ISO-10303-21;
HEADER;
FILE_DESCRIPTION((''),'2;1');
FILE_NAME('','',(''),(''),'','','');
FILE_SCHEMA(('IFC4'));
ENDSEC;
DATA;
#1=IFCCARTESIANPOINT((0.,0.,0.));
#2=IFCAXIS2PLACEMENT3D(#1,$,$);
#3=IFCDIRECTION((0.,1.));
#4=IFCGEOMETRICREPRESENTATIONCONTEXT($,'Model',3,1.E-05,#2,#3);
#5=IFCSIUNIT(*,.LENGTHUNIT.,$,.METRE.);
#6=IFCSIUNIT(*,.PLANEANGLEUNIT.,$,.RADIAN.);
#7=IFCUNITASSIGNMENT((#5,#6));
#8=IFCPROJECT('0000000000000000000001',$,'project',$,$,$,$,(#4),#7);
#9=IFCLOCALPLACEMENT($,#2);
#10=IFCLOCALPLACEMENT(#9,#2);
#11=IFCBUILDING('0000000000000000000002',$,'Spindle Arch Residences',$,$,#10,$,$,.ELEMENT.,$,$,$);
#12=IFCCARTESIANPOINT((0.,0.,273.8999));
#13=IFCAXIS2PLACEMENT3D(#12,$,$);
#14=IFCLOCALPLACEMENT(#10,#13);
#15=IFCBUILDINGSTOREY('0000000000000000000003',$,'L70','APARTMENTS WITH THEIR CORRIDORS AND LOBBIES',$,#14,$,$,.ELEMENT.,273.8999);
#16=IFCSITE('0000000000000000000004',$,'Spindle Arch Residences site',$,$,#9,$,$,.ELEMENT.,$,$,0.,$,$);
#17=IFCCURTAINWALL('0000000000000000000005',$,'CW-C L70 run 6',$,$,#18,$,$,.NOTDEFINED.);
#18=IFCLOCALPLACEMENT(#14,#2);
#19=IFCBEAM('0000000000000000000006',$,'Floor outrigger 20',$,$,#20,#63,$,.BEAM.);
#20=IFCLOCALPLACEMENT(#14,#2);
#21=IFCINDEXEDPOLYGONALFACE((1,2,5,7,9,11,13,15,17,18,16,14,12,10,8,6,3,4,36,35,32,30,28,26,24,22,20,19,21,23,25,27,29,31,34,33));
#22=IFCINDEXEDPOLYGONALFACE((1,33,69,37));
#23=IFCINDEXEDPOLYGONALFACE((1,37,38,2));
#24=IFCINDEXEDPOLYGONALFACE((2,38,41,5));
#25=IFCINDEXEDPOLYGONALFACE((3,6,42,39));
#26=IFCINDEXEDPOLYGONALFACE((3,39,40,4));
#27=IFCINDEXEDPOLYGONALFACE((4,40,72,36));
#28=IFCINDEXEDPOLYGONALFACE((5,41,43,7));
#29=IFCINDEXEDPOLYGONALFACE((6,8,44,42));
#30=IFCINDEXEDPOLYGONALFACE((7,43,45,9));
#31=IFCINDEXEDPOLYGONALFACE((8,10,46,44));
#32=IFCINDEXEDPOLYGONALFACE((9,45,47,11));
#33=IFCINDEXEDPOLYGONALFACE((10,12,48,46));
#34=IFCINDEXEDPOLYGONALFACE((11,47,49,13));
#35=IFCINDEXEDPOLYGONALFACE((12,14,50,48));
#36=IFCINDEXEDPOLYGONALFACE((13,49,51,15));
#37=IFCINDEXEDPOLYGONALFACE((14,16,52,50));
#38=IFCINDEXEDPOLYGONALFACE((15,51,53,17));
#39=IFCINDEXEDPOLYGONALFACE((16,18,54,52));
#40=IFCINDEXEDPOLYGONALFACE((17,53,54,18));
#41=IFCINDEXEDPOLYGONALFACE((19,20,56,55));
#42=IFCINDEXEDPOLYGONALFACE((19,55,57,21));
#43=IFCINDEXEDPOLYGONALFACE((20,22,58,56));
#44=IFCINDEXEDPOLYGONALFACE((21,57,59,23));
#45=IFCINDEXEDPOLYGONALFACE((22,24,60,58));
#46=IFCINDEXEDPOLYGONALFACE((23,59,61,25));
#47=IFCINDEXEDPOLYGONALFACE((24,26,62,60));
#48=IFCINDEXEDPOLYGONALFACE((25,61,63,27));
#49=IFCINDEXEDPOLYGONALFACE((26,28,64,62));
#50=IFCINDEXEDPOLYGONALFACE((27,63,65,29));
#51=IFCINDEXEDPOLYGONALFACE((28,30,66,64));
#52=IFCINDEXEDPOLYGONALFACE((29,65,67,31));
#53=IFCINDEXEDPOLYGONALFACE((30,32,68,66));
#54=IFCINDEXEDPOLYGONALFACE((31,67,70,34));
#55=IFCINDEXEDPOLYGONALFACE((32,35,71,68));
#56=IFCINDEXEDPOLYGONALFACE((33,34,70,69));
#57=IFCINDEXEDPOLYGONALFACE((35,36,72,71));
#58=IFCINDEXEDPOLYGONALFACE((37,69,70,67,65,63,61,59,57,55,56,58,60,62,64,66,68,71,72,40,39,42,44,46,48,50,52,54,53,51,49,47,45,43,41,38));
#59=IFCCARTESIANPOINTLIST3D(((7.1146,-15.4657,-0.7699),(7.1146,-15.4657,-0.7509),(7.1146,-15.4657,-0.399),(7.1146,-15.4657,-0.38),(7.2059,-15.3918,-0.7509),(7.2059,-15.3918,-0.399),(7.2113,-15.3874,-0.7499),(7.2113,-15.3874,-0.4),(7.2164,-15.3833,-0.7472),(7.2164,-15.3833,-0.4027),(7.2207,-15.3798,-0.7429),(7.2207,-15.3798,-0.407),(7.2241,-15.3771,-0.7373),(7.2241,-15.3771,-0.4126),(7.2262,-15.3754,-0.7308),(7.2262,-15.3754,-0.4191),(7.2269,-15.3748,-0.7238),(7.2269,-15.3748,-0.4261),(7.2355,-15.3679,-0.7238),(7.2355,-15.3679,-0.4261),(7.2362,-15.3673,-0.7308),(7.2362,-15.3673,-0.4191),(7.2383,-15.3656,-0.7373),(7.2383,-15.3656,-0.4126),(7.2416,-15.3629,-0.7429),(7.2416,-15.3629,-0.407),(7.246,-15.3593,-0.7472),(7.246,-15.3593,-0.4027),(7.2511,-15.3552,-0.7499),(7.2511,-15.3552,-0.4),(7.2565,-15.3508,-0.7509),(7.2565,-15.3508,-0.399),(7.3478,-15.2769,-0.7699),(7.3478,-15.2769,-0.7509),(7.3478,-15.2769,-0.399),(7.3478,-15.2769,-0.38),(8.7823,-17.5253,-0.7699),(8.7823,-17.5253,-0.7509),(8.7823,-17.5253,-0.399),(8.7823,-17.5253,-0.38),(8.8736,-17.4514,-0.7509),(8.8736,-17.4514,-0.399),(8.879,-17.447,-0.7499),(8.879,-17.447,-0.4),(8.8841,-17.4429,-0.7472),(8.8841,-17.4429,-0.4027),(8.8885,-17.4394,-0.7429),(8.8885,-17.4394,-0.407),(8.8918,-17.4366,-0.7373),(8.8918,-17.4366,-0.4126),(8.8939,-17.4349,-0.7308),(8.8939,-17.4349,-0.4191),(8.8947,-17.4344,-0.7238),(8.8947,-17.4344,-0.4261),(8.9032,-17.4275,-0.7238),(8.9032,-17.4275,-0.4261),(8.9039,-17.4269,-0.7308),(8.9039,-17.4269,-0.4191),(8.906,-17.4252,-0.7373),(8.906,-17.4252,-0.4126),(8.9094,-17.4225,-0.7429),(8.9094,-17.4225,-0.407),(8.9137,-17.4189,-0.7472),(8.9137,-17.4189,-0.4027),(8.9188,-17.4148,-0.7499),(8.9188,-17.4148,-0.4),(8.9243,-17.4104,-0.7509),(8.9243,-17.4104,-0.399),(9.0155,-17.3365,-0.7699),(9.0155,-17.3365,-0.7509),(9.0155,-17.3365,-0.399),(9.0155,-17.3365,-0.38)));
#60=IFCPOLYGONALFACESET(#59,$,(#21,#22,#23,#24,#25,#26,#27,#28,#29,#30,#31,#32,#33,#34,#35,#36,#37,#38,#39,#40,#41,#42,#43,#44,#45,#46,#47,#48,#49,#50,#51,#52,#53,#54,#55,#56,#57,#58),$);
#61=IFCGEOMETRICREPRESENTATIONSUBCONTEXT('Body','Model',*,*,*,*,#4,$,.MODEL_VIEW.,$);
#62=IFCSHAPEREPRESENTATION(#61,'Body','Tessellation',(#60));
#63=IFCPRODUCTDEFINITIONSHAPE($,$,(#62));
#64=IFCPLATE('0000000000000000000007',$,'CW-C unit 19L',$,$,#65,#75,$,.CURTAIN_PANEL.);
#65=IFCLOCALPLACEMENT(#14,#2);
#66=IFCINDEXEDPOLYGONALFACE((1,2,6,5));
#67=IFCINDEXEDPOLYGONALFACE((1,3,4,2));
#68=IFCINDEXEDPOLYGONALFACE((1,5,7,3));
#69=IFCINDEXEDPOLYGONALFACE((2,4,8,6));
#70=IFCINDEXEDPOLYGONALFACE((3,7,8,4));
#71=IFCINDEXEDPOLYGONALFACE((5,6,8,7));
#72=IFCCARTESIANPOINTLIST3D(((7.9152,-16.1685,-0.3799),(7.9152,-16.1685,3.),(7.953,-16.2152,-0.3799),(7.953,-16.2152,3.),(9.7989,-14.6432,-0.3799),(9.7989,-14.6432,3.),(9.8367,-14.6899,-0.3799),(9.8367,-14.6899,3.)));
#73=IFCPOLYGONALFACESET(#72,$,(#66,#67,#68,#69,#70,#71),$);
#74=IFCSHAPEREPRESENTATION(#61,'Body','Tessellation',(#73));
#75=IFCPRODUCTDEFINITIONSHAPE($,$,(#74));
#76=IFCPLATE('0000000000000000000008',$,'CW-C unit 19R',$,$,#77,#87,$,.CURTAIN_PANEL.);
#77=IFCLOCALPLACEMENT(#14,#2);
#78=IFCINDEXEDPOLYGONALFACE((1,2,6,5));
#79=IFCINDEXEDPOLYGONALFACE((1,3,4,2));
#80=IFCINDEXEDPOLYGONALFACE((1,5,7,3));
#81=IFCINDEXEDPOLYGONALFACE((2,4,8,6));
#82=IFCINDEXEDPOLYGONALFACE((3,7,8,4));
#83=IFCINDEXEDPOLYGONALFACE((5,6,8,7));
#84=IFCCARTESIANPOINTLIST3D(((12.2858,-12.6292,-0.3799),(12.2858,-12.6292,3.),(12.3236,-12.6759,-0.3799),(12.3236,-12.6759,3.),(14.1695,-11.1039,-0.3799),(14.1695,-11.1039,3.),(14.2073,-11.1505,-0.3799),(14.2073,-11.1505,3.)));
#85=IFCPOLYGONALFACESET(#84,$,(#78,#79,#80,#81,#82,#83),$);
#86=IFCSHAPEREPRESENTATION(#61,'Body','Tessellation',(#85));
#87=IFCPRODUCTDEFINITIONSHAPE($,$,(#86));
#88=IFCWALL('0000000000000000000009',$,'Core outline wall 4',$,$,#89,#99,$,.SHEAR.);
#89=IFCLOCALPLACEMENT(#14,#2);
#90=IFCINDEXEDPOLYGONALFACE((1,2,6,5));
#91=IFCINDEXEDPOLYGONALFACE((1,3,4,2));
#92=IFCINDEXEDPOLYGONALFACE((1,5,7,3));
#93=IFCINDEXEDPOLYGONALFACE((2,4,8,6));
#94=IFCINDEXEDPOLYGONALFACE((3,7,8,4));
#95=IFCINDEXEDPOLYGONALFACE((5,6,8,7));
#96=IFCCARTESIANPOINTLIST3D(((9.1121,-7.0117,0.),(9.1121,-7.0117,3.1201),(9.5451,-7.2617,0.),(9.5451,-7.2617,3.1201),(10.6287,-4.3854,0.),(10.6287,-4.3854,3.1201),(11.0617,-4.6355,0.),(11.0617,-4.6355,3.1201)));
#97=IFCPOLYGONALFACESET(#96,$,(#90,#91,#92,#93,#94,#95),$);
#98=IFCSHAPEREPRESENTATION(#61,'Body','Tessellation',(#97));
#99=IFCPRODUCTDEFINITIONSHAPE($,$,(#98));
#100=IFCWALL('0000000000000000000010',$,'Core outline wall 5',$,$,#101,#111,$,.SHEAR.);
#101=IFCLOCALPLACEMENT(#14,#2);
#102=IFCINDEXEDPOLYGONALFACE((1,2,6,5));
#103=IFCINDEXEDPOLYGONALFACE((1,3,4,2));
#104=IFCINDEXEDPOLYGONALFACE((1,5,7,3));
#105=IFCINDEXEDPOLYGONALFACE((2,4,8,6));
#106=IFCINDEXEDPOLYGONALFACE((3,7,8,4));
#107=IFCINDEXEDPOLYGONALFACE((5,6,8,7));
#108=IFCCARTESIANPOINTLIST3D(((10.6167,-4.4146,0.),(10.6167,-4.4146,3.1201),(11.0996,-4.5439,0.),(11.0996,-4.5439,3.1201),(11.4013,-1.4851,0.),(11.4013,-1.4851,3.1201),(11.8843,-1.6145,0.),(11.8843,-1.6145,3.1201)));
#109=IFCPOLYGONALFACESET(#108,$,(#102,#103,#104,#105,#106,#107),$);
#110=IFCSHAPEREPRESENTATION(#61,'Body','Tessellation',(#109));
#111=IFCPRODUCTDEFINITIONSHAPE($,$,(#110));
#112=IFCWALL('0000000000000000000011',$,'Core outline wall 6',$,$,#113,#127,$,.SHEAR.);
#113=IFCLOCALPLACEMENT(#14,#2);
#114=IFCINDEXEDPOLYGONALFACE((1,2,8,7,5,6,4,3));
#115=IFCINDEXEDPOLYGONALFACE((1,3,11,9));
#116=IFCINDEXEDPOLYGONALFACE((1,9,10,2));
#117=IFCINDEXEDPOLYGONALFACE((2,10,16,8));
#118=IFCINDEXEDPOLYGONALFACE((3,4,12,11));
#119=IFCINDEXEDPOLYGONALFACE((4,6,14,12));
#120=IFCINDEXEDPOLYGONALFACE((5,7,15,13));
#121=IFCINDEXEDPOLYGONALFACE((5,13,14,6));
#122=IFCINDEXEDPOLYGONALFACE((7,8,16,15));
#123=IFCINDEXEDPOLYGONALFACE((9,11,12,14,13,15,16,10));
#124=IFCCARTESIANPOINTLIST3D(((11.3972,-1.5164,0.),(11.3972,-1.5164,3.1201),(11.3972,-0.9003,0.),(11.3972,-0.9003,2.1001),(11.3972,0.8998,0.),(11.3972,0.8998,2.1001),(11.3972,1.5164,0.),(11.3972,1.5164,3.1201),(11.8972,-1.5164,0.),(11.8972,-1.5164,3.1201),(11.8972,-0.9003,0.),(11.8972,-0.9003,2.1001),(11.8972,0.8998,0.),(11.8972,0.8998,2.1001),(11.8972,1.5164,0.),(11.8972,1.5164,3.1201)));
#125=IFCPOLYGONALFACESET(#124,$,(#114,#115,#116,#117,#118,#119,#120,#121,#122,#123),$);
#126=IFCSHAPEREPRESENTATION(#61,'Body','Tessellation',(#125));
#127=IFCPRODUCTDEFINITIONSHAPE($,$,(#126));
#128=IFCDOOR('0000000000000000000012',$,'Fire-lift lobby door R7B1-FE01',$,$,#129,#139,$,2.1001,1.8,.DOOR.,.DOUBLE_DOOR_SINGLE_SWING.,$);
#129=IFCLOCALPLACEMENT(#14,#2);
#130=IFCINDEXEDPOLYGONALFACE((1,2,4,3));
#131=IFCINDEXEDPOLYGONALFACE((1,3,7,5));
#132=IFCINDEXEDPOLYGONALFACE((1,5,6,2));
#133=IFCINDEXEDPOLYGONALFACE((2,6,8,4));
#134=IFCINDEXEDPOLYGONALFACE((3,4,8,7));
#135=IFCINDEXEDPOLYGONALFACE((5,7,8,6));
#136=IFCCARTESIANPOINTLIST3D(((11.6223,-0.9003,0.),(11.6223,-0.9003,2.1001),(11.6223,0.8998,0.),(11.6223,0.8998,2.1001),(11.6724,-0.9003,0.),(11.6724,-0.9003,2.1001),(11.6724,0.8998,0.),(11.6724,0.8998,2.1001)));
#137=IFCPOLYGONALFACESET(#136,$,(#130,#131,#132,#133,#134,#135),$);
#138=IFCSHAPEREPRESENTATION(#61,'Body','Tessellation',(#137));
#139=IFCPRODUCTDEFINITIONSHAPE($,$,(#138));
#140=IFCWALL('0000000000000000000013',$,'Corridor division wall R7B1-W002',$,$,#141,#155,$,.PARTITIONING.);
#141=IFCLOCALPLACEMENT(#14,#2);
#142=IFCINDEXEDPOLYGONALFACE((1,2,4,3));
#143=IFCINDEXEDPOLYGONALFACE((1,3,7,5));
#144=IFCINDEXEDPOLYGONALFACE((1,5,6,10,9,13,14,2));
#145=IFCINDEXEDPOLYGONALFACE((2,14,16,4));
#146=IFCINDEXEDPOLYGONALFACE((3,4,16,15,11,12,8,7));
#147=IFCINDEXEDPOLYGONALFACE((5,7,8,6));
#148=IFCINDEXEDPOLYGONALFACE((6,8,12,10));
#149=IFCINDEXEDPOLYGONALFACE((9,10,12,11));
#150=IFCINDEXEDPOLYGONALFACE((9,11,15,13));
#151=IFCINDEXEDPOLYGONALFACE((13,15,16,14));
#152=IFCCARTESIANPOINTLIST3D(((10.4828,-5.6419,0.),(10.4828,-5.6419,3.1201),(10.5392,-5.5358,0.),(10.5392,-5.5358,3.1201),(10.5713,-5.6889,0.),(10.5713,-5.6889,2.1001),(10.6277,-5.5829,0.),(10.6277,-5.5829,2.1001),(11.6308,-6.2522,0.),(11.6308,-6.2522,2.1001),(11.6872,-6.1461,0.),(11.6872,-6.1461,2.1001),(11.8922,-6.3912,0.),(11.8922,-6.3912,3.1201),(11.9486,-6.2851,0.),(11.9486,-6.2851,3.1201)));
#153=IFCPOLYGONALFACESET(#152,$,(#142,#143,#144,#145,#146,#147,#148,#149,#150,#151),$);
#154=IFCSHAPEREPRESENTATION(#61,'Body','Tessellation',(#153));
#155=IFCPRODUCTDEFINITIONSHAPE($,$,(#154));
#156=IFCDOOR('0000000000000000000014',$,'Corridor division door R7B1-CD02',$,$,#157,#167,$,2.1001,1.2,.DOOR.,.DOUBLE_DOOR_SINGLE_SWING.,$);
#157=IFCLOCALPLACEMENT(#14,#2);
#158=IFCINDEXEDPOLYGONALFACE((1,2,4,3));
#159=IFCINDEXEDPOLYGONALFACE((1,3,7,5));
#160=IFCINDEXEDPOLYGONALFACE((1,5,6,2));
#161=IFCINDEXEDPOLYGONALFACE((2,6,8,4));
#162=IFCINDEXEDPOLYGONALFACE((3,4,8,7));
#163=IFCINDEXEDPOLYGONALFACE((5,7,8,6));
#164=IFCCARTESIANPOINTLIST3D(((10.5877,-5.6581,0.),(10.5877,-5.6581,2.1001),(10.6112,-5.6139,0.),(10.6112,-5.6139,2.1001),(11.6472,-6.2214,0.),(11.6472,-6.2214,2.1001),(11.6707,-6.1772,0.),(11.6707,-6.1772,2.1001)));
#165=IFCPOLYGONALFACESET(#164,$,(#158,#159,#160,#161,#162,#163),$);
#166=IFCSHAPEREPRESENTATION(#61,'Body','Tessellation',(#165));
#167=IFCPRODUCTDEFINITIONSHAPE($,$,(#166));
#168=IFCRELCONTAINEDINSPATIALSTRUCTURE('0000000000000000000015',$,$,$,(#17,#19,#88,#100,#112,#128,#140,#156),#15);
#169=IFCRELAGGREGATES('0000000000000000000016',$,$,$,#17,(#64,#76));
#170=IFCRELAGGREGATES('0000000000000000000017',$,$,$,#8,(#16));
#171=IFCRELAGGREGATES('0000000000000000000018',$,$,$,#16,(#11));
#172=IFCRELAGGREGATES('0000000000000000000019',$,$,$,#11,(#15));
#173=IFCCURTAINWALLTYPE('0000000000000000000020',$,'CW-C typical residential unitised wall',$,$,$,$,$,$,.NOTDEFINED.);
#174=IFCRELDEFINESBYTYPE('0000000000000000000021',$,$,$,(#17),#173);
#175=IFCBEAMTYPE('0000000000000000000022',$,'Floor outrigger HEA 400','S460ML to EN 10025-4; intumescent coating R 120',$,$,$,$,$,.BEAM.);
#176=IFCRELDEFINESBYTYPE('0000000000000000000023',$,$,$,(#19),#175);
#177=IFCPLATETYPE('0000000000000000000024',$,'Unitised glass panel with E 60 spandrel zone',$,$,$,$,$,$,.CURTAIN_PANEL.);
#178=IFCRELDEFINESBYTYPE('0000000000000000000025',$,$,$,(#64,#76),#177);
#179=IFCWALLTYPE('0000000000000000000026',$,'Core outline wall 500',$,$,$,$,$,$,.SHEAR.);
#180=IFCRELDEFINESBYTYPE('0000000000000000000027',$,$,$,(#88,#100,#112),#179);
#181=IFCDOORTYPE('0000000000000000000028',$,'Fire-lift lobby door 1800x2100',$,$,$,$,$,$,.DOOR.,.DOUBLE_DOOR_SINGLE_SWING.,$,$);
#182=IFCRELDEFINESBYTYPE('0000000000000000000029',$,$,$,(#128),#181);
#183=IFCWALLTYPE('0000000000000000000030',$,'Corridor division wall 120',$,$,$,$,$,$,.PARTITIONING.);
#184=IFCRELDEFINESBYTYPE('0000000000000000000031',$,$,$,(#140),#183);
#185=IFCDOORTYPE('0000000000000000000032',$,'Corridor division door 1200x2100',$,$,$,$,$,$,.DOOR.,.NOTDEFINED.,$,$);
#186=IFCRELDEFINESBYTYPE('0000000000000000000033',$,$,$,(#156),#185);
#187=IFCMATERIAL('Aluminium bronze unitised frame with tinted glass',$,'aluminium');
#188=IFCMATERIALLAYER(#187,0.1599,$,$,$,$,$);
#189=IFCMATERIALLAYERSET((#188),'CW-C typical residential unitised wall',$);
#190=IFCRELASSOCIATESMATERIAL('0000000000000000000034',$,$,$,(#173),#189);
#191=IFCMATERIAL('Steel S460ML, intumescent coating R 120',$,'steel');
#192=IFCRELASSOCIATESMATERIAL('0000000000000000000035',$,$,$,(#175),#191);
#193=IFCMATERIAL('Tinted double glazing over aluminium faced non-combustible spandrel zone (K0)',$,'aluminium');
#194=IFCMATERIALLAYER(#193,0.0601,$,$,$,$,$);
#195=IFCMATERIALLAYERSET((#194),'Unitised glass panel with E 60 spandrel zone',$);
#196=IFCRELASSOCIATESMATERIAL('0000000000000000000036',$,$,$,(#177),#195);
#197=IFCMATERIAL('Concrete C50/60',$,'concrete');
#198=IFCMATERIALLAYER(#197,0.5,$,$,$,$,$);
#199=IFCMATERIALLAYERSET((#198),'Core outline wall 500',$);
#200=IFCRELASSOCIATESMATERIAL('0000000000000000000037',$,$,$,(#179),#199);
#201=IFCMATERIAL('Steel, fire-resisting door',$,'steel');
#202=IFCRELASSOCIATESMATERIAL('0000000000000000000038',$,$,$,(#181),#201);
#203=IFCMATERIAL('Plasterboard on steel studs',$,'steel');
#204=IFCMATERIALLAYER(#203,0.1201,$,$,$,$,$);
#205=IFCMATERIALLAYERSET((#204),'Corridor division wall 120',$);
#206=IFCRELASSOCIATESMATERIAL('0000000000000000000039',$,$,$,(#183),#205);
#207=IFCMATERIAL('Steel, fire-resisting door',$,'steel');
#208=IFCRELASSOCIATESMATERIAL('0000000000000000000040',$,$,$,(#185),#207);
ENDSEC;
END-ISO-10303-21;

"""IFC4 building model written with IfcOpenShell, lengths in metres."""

from ifc_helpers import new_model, si_unit, direction, frame, frame_2d, origin, origin_2d, place, context, subcontext, project, spatial, rectangle, i_section, extrude, material, layer, layer_set, material_profile, profile_set, type_object, element, fill, aggregate, save


model = new_model("IFC4")

# Units and contexts
model_context = context("Model", 3, precision=1e-05, world=origin(), true_north=direction((0.0, 1.0)))
body_context = subcontext(model_context, "Body", "Model", "MODEL_VIEW")
ifc_project = project(units=[si_unit("LENGTHUNIT", "METRE"), si_unit("PLANEANGLEUNIT", "RADIAN")], contexts=[model_context])

# Site, building, storey
site_placement = place(None, origin())
site = spatial("IfcSite", under=ifc_project, at=site_placement, Name="Spindle Arch Residences site", CompositionType="ELEMENT", RefElevation=0.0)
building_placement = place(site_placement, origin())
building = spatial("IfcBuilding", under=site, at=building_placement, Name="Spindle Arch Residences", CompositionType="ELEMENT")
storey_placement = place(building_placement, frame((0.0, 0.0, 273.8999)))
storey = spatial("IfcBuildingStorey", under=building, at=storey_placement, Name="L70", Description="APARTMENTS WITH THEIR CORRIDORS AND LOBBIES", CompositionType="ELEMENT", Elevation=273.8999)

# Curtain wall
ifc_material_1 = material(Name="Aluminium bronze unitised frame with tinted glass", Category="aluminium")
ifc_layer_1 = layer(ifc_material_1, 0.1599)
ifc_layer_set_1 = layer_set([ifc_layer_1], Name="CW-C typical residential unitised wall")
curtain_wall_type = type_object("IfcCurtainWallType", Name="CW-C typical residential unitised wall", PredefinedType="NOTDEFINED", material=ifc_layer_set_1)
curtain_wall_placement = place(storey_placement, origin())
curtain_wall = element("IfcCurtainWall", 1, at=curtain_wall_placement, inside=storey, type_object=curtain_wall_type, Name="CW-C L70 run 6", PredefinedType="NOTDEFINED")

# Beam
ifc_material_2 = material(Name="Steel S460ML, intumescent coating R 120", Category="steel")
ifc_material_profile_1 = material_profile(ifc_material_2, i_section(OverallWidth=0.3, OverallDepth=0.3899, WebThickness=0.011, FlangeThickness=0.019, FilletRadius=0.0271, at=origin_2d()), Name="HEA 400")
ifc_profile_set_1 = profile_set([ifc_material_profile_1], Name="Steel S460ML, intumescent coating R 120")
beam_type_1 = type_object("IfcBeamType", Name="Floor outrigger HEA 400", Description="S460ML to EN 10025-4; intumescent coating R 120", PredefinedType="BEAM", material=ifc_profile_set_1)
for number, where, z_axis, x_axis, name in (
    (2, (8.8989, -17.4309, -0.575), (-0.629302, 0.777161, 0.0), (-0.777161, -0.629302, 0.0), "Floor outrigger 20"),
):
    element("IfcBeam", number, at=place(storey_placement, frame(where, z_axis=z_axis, x_axis=x_axis)), inside=storey, type_object=beam_type_1, Name=name, PredefinedType="BEAM", context=body_context, shape_type="SweptSolid", body=[
        extrude(i_section(OverallWidth=0.3, OverallDepth=0.3899, WebThickness=0.011, FlangeThickness=0.019, FilletRadius=0.0271, at=origin_2d()), origin(), (0.0, 0.0, 1.0), 2.6501),
    ])

# Plates
ifc_material_3 = material(Name="Tinted double glazing over aluminium faced non-combustible spandrel zone (K0)", Category="aluminium")
ifc_layer_2 = layer(ifc_material_3, 0.0601)
ifc_layer_set_2 = layer_set([ifc_layer_2], Name="Unitised glass panel with E 60 spandrel zone")
plate_type = type_object("IfcPlateType", Name="Unitised glass panel with E 60 spandrel zone", PredefinedType="CURTAIN_PANEL", material=ifc_layer_set_2)
plate_1_placement = place(storey_placement, frame((8.876, -15.4292, -0.3799), z_axis=(0.0, 0.0, 1.0), x_axis=(0.777146, 0.62932, 0.0)))
plate_1 = element("IfcPlate", 3, at=plate_1_placement, type_object=plate_type, Name="CW-C unit 19L", PredefinedType="CURTAIN_PANEL", context=body_context, shape_type="SweptSolid", body=[
    extrude(rectangle(XDim=2.4238, YDim=0.0601, at=origin_2d()), origin(), (0.0, 0.0, 1.0), 3.3799),
])
plate_2_placement = place(storey_placement, frame((13.2466, -11.8899, -0.3799), z_axis=(0.0, 0.0, 1.0), x_axis=(0.777146, 0.62932, 0.0)))
plate_2 = element("IfcPlate", 4, at=plate_2_placement, type_object=plate_type, Name="CW-C unit 19R", PredefinedType="CURTAIN_PANEL", context=body_context, shape_type="SweptSolid", body=[
    extrude(rectangle(XDim=2.4238, YDim=0.0601, at=origin_2d()), origin(), (0.0, 0.0, 1.0), 3.3799),
])
aggregate(curtain_wall, [plate_1, plate_2])

# Walls
ifc_material_4 = material(Name="Concrete C50/60", Category="concrete")
ifc_layer_3 = layer(ifc_material_4, 0.5)
ifc_layer_set_3 = layer_set([ifc_layer_3], Name="Core outline wall 500")
wall_type_1 = type_object("IfcWallType", Name="Core outline wall 500", PredefinedType="SHEAR", material=ifc_layer_set_3)
for number, where, z_axis, x_axis, name in (
    (5, (9.3286, -7.1367, 0.0), (0.0, 0.0, 1.0), (0.500087, 0.865975, 0.0), "Core outline wall 4"),
    (6, (10.8582, -4.4792, 0.0), (0.0, 0.0, 1.0), (0.258735, 0.965948, 0.0), "Core outline wall 5"),
):
    element("IfcWall", number, at=place(storey_placement, frame(where, z_axis=z_axis, x_axis=x_axis)), inside=storey, type_object=wall_type_1, Name=name, PredefinedType="SHEAR", context=body_context, shape_type="SweptSolid", body=[
        extrude(rectangle(XDim=3.0327, YDim=0.5, at=frame_2d((1.5164, 0.0))), origin(), (0.0, 0.0, 1.0), 3.1201),
    ])

# Walls, openings, doors
wall_1_placement = place(storey_placement, frame((11.6472, -1.5164, 0.0), z_axis=(0.0, 0.0, 1.0), x_axis=(0.0, 1.0, 0.0)))
wall_1 = element("IfcWall", 7, at=wall_1_placement, inside=storey, type_object=wall_type_1, Name="Core outline wall 6", PredefinedType="SHEAR", context=body_context, shape_type="SweptSolid", body=[
    extrude(rectangle(XDim=3.0327, YDim=0.5, at=frame_2d((1.5164, 0.0))), origin(), (0.0, 0.0, 1.0), 3.1201),
])
opening_1_placement = place(wall_1_placement, frame((0.6162, 0.0, 0.0)))
opening_1 = element("IfcOpeningElement", 8, at=opening_1_placement, cuts=wall_1, PredefinedType="OPENING", context=body_context, shape_type="SweptSolid", body=[
    extrude(rectangle(XDim=1.8, YDim=2.1001, at=frame_2d((0.8999, 1.05))), frame((0.0, 0.26, 0.0), z_axis=(0.0, -1.0, 0.0), x_axis=(1.0, 0.0, 0.0)), (0.0, 0.0, 1.0), 0.52),
])
ifc_material_5 = material(Name="Steel, fire-resisting door", Category="steel")
door_type_1 = type_object("IfcDoorType", Name="Fire-lift lobby door 1800x2100", OperationType="DOUBLE_DOOR_SINGLE_SWING", PredefinedType="DOOR", material=ifc_material_5)
door_1_placement = place(opening_1_placement, origin())
door_1 = element("IfcDoor", 9, at=door_1_placement, inside=storey, type_object=door_type_1, Name="Fire-lift lobby door R7B1-FE01", OperationType="DOUBLE_DOOR_SINGLE_SWING", OverallHeight=2.1001, OverallWidth=1.8, PredefinedType="DOOR", context=body_context, shape_type="SweptSolid", body=[
    extrude(rectangle(XDim=1.8, YDim=2.1001, at=frame_2d((0.8999, 1.05))), frame((0.0, 0.0249, 0.0), z_axis=(0.0, -1.0, 0.0), x_axis=(1.0, 0.0, 0.0)), (0.0, 0.0, 1.0), 0.05),
])
fill(opening_1, door_1)
ifc_material_6 = material(Name="Plasterboard on steel studs", Category="steel")
ifc_layer_4 = layer(ifc_material_6, 0.1201)
ifc_layer_set_4 = layer_set([ifc_layer_4], Name="Corridor division wall 120")
wall_type_2 = type_object("IfcWallType", Name="Corridor division wall 120", PredefinedType="PARTITIONING", material=ifc_layer_set_4)
wall_2_placement = place(storey_placement, frame((10.511, -5.5889, 0.0), z_axis=(0.0, 0.0, 1.0), x_axis=(0.882983, -0.469405, 0.0)))
wall_2 = element("IfcWall", 10, at=wall_2_placement, inside=storey, type_object=wall_type_2, Name="Corridor division wall R7B1-W002", PredefinedType="PARTITIONING", context=body_context, shape_type="SweptSolid", body=[
    extrude(rectangle(XDim=1.5962, YDim=0.1201, at=frame_2d((0.7981, 0.0))), origin(), (0.0, 0.0, 1.0), 3.1201),
])
opening_2_placement = place(wall_2_placement, frame((0.1001, 0.0, 0.0)))
opening_2 = element("IfcOpeningElement", 11, at=opening_2_placement, cuts=wall_2, PredefinedType="OPENING", context=body_context, shape_type="SweptSolid", body=[
    extrude(rectangle(XDim=1.2, YDim=2.1001, at=frame_2d((0.6001, 1.05))), frame((0.0, 0.0701, 0.0), z_axis=(0.0, -1.0, 0.0), x_axis=(1.0, 0.0, 0.0)), (0.0, 0.0, 1.0), 0.1401),
])
ifc_material_7 = material(Name="Steel, fire-resisting door", Category="steel")
door_type_2 = type_object("IfcDoorType", Name="Corridor division door 1200x2100", OperationType="NOTDEFINED", PredefinedType="DOOR", material=ifc_material_7)
door_2_placement = place(opening_2_placement, origin())
door_2 = element("IfcDoor", 12, at=door_2_placement, inside=storey, type_object=door_type_2, Name="Corridor division door R7B1-CD02", OperationType="DOUBLE_DOOR_SINGLE_SWING", OverallHeight=2.1001, OverallWidth=1.2, PredefinedType="DOOR", context=body_context, shape_type="SweptSolid", body=[
    extrude(rectangle(XDim=1.2, YDim=2.1001, at=frame_2d((0.6001, 1.05))), frame((0.0, 0.0249, 0.0), z_axis=(0.0, -1.0, 0.0), x_axis=(1.0, 0.0, 0.0)), (0.0, 0.0, 1.0), 0.05),
])
fill(opening_2, door_2)

save(model, "model.ifc")
